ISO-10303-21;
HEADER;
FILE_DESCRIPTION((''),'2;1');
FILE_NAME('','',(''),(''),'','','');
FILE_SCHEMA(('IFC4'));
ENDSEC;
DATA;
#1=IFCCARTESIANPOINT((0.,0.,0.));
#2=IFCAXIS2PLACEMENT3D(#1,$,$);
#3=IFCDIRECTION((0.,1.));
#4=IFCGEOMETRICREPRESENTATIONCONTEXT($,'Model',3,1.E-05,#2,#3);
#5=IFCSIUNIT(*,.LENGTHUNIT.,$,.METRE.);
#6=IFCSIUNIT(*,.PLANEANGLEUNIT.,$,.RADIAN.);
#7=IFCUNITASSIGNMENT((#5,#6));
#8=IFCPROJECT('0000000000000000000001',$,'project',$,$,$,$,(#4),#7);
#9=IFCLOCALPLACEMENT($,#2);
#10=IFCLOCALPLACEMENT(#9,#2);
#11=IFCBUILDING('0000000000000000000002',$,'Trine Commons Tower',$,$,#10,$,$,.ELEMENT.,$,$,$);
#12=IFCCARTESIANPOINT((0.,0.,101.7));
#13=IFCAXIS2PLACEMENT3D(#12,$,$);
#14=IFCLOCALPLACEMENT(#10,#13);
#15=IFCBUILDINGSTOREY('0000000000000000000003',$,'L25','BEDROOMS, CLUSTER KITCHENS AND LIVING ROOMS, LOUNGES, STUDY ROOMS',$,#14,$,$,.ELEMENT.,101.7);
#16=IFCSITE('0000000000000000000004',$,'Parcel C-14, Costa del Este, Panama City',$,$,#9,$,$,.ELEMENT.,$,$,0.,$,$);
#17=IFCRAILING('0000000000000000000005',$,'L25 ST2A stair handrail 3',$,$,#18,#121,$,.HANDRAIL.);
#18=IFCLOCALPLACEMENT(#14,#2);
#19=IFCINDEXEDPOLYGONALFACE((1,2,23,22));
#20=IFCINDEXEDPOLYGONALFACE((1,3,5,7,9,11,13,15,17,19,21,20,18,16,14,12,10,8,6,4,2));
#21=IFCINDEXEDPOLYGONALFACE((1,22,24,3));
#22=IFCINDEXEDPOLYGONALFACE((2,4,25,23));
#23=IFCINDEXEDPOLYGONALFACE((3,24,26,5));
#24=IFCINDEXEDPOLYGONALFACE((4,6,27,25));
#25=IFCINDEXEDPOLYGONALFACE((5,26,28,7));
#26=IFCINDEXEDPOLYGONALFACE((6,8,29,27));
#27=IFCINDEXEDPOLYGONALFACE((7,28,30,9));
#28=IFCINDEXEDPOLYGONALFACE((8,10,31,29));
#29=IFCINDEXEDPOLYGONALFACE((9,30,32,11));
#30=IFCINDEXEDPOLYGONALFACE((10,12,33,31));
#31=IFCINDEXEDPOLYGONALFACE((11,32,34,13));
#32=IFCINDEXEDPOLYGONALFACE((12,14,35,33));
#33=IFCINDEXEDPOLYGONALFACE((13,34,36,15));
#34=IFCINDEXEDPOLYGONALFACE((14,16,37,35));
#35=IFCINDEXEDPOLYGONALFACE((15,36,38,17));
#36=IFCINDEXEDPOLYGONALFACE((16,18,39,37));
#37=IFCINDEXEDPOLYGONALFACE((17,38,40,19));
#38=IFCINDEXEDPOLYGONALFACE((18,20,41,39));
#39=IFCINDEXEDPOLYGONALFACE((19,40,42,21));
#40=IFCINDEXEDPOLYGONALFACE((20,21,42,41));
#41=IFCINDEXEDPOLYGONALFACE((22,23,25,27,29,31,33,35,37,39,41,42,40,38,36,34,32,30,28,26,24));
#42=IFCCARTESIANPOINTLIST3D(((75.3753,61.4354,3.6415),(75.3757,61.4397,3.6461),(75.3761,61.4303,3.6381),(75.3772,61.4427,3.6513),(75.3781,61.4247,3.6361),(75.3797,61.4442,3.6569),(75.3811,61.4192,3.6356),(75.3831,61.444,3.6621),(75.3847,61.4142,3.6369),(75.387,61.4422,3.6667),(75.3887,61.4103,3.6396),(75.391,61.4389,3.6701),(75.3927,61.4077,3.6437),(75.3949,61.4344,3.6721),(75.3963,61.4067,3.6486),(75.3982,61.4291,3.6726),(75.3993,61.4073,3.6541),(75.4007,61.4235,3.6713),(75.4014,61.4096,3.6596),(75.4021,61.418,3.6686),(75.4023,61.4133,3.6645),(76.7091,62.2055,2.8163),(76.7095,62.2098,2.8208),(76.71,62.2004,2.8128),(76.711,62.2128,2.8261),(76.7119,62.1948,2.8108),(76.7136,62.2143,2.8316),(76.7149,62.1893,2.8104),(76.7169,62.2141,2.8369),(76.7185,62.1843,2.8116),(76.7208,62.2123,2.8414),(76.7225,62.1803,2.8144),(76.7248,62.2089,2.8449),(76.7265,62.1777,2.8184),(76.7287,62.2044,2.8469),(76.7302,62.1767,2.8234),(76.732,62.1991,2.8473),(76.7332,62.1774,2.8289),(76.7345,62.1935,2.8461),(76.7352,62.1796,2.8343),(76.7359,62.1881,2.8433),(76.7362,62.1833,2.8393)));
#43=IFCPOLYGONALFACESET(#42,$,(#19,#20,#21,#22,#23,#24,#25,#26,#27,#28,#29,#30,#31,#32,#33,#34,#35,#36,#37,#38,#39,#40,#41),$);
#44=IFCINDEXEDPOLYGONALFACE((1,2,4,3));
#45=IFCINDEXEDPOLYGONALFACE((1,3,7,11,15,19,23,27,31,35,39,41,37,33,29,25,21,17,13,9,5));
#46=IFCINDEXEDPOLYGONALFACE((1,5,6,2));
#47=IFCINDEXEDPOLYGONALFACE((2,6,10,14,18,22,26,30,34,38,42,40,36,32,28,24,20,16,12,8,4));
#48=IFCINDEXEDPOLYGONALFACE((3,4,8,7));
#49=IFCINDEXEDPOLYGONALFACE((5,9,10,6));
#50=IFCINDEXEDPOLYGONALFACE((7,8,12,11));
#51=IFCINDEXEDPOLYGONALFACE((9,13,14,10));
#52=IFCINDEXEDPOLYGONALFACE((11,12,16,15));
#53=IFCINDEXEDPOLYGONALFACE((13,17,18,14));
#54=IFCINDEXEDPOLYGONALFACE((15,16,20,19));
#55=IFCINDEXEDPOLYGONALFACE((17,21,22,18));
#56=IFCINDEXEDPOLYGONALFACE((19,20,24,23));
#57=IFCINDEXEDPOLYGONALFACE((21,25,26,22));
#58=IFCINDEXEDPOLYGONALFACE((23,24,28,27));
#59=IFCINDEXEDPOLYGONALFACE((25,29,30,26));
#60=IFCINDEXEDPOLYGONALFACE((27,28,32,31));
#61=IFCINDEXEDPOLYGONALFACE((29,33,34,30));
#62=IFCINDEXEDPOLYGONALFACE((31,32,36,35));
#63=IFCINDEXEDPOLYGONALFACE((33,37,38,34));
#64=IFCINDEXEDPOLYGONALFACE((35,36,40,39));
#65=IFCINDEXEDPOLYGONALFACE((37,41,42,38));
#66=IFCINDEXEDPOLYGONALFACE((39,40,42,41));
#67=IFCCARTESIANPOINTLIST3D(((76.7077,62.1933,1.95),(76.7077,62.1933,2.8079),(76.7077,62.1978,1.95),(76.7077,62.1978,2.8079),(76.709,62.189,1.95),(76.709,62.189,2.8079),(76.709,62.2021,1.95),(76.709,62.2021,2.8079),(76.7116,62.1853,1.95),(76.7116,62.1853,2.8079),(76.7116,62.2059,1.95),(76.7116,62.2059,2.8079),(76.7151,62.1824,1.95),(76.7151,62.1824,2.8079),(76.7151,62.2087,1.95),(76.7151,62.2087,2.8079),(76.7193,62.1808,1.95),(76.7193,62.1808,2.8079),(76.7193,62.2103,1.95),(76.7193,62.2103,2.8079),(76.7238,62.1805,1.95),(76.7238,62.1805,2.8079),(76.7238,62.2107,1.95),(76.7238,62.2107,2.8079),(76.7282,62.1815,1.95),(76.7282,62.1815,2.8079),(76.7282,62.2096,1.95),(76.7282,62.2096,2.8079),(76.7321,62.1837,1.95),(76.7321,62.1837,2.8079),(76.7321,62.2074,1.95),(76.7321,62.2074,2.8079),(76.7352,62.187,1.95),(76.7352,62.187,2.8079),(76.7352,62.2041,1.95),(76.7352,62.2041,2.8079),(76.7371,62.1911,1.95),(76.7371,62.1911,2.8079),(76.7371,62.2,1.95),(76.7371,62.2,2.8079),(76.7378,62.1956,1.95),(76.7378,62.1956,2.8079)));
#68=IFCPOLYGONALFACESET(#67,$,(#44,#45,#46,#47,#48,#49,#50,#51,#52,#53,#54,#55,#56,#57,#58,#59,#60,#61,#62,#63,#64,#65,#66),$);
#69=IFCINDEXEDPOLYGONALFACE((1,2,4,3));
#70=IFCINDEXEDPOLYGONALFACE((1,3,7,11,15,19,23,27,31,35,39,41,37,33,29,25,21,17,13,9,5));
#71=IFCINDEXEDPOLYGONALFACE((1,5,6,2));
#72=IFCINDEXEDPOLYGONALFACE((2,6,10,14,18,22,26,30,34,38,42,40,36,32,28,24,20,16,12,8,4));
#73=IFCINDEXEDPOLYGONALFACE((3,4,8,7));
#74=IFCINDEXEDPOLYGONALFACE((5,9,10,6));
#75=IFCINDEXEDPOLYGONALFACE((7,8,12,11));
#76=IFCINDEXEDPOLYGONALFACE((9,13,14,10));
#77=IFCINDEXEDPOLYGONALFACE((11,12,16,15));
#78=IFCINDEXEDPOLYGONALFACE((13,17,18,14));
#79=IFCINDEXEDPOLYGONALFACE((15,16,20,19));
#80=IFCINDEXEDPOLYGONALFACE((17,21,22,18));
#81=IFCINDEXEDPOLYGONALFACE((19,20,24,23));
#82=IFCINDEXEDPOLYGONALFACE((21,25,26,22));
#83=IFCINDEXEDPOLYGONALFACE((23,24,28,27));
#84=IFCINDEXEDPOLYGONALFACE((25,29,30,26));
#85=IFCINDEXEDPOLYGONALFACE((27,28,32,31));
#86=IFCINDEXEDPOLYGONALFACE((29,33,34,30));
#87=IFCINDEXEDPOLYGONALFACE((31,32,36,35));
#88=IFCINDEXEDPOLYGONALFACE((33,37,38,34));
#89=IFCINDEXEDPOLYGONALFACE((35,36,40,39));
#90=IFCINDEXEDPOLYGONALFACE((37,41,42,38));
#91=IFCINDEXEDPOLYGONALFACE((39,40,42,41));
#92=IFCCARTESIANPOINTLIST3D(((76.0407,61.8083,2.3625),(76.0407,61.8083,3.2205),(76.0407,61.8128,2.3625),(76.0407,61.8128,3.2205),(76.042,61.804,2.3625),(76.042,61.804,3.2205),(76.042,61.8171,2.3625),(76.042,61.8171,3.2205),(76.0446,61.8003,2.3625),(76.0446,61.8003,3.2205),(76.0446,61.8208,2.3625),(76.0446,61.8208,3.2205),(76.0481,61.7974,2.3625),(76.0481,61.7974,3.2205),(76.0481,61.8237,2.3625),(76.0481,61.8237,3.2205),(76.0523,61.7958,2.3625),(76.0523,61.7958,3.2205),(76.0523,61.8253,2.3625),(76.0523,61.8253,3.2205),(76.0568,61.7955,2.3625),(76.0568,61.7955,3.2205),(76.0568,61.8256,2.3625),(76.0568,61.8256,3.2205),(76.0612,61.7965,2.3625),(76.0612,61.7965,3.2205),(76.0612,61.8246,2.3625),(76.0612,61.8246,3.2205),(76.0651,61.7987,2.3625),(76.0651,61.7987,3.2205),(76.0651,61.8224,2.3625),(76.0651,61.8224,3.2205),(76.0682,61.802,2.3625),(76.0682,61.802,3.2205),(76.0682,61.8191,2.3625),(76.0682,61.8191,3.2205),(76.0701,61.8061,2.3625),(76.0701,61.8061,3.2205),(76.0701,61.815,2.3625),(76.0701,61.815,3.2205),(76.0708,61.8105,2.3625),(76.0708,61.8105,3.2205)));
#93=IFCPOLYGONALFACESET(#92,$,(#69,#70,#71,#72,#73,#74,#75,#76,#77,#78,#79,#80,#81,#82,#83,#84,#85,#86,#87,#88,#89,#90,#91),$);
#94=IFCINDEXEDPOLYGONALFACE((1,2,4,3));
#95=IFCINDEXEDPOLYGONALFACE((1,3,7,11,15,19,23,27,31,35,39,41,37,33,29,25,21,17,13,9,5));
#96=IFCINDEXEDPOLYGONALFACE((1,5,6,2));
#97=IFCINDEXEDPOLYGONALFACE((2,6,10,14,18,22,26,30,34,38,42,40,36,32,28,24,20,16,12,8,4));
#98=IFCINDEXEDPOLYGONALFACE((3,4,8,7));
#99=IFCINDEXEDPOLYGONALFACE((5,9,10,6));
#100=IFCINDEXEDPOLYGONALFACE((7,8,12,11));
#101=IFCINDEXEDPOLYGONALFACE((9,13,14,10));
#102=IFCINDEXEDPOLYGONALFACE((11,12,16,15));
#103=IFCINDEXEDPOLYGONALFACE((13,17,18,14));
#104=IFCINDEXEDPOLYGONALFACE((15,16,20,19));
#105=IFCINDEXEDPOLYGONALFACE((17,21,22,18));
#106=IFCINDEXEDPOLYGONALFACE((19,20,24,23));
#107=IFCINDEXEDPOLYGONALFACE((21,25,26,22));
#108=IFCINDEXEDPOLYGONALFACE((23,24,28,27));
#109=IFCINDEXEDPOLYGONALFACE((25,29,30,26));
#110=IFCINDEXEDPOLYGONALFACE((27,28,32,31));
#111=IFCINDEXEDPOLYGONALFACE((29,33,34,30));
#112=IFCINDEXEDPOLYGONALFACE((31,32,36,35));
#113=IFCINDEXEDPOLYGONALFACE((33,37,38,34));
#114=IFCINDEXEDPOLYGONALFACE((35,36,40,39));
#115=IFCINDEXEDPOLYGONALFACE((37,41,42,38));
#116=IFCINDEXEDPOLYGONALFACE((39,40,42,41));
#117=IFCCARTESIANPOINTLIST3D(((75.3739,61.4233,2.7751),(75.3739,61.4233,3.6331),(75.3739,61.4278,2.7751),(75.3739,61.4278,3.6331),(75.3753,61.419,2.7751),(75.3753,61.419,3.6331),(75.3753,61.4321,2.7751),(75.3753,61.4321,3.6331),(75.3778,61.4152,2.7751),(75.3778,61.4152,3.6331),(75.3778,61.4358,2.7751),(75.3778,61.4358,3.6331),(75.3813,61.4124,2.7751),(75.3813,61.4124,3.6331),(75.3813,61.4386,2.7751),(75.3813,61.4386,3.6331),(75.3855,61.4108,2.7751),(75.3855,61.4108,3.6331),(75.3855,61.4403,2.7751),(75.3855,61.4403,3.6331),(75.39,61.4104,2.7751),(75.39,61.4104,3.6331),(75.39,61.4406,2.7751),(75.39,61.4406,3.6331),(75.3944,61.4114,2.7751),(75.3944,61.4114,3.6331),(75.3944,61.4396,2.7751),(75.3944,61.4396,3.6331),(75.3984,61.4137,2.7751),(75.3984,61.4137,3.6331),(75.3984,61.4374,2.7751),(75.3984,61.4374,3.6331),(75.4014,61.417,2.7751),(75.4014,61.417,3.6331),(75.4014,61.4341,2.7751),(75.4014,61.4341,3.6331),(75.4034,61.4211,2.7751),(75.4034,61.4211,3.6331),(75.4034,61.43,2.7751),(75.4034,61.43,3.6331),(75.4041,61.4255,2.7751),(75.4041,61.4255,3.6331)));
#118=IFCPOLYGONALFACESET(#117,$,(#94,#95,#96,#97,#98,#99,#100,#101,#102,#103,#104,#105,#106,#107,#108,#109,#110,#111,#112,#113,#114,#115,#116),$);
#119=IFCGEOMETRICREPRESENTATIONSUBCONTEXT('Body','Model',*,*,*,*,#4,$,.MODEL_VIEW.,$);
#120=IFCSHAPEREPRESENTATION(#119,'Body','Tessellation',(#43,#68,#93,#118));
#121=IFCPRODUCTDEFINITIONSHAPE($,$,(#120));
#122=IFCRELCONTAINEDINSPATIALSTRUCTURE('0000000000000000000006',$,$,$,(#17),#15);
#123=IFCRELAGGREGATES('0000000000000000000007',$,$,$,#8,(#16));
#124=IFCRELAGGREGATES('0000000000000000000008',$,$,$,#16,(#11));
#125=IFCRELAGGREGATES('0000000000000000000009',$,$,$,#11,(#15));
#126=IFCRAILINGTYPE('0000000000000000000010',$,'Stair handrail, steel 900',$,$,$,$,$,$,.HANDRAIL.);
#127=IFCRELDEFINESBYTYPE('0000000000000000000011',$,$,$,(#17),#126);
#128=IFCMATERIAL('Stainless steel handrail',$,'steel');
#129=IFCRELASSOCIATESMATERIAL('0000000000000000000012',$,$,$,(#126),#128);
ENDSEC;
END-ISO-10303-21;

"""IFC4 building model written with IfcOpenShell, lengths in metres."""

from ifc_helpers import new_model, si_unit, direction, frame, origin, origin_2d, place, context, subcontext, project, spatial, circle, extrude, material, type_object, element, save


model = new_model("IFC4")

# Units and contexts
model_context = context("Model", 3, precision=1e-05, world=origin(), true_north=direction((0.0, 1.0)))
body_context = subcontext(model_context, "Body", "Model", "MODEL_VIEW")
ifc_project = project(units=[si_unit("LENGTHUNIT", "METRE"), si_unit("PLANEANGLEUNIT", "RADIAN")], contexts=[model_context])

# Site, building, storey
site_placement = place(None, origin())
site = spatial("IfcSite", under=ifc_project, at=site_placement, Name="Parcel C-14, Costa del Este, Panama City", CompositionType="ELEMENT", RefElevation=0.0)
building_placement = place(site_placement, origin())
building = spatial("IfcBuilding", under=site, at=building_placement, Name="Trine Commons Tower", CompositionType="ELEMENT")
storey_placement = place(building_placement, frame((0.0, 0.0, 101.7)))
storey = spatial("IfcBuildingStorey", under=building, at=storey_placement, Name="L25", Description="BEDROOMS, CLUSTER KITCHENS AND LIVING ROOMS, LOUNGES, STUDY ROOMS", CompositionType="ELEMENT", Elevation=101.7)

# Railing
ifc_material_1 = material(Name="Stainless steel handrail", Category="steel")
railing_type = type_object("IfcRailingType", Name="Stair handrail, steel 900", PredefinedType="HANDRAIL", material=ifc_material_1)
railing_1_placement = place(storey_placement, frame((76.7227, 62.1956, 1.95)))
element("IfcRailing", 1, at=railing_1_placement, inside=storey, type_object=railing_type, Name="L25 ST2A stair handrail 3", PredefinedType="HANDRAIL", context=body_context, shape_type="SweptSolid", body=[
    extrude(circle(Radius=0.021, at=origin_2d()), frame((0.0, 0.0, 0.8789), z_axis=(-0.763355, -0.440714, 0.472293), x_axis=(0.499992, -0.86603, 0.0)), (0.0, 0.0, 1.0), 1.7473),
    extrude(circle(Radius=0.0151, at=origin_2d()), origin(), (0.0, 0.0, 1.0), 0.8579),
    extrude(circle(Radius=0.0151, at=origin_2d()), frame((-0.667, -0.385, 0.4126)), (0.0, 0.0, 1.0), 0.8579),
    extrude(circle(Radius=0.0151, at=origin_2d()), frame((-1.3337, -0.77, 0.8252)), (0.0, 0.0, 1.0), 0.8579),
])

save(model, "model.ifc")
